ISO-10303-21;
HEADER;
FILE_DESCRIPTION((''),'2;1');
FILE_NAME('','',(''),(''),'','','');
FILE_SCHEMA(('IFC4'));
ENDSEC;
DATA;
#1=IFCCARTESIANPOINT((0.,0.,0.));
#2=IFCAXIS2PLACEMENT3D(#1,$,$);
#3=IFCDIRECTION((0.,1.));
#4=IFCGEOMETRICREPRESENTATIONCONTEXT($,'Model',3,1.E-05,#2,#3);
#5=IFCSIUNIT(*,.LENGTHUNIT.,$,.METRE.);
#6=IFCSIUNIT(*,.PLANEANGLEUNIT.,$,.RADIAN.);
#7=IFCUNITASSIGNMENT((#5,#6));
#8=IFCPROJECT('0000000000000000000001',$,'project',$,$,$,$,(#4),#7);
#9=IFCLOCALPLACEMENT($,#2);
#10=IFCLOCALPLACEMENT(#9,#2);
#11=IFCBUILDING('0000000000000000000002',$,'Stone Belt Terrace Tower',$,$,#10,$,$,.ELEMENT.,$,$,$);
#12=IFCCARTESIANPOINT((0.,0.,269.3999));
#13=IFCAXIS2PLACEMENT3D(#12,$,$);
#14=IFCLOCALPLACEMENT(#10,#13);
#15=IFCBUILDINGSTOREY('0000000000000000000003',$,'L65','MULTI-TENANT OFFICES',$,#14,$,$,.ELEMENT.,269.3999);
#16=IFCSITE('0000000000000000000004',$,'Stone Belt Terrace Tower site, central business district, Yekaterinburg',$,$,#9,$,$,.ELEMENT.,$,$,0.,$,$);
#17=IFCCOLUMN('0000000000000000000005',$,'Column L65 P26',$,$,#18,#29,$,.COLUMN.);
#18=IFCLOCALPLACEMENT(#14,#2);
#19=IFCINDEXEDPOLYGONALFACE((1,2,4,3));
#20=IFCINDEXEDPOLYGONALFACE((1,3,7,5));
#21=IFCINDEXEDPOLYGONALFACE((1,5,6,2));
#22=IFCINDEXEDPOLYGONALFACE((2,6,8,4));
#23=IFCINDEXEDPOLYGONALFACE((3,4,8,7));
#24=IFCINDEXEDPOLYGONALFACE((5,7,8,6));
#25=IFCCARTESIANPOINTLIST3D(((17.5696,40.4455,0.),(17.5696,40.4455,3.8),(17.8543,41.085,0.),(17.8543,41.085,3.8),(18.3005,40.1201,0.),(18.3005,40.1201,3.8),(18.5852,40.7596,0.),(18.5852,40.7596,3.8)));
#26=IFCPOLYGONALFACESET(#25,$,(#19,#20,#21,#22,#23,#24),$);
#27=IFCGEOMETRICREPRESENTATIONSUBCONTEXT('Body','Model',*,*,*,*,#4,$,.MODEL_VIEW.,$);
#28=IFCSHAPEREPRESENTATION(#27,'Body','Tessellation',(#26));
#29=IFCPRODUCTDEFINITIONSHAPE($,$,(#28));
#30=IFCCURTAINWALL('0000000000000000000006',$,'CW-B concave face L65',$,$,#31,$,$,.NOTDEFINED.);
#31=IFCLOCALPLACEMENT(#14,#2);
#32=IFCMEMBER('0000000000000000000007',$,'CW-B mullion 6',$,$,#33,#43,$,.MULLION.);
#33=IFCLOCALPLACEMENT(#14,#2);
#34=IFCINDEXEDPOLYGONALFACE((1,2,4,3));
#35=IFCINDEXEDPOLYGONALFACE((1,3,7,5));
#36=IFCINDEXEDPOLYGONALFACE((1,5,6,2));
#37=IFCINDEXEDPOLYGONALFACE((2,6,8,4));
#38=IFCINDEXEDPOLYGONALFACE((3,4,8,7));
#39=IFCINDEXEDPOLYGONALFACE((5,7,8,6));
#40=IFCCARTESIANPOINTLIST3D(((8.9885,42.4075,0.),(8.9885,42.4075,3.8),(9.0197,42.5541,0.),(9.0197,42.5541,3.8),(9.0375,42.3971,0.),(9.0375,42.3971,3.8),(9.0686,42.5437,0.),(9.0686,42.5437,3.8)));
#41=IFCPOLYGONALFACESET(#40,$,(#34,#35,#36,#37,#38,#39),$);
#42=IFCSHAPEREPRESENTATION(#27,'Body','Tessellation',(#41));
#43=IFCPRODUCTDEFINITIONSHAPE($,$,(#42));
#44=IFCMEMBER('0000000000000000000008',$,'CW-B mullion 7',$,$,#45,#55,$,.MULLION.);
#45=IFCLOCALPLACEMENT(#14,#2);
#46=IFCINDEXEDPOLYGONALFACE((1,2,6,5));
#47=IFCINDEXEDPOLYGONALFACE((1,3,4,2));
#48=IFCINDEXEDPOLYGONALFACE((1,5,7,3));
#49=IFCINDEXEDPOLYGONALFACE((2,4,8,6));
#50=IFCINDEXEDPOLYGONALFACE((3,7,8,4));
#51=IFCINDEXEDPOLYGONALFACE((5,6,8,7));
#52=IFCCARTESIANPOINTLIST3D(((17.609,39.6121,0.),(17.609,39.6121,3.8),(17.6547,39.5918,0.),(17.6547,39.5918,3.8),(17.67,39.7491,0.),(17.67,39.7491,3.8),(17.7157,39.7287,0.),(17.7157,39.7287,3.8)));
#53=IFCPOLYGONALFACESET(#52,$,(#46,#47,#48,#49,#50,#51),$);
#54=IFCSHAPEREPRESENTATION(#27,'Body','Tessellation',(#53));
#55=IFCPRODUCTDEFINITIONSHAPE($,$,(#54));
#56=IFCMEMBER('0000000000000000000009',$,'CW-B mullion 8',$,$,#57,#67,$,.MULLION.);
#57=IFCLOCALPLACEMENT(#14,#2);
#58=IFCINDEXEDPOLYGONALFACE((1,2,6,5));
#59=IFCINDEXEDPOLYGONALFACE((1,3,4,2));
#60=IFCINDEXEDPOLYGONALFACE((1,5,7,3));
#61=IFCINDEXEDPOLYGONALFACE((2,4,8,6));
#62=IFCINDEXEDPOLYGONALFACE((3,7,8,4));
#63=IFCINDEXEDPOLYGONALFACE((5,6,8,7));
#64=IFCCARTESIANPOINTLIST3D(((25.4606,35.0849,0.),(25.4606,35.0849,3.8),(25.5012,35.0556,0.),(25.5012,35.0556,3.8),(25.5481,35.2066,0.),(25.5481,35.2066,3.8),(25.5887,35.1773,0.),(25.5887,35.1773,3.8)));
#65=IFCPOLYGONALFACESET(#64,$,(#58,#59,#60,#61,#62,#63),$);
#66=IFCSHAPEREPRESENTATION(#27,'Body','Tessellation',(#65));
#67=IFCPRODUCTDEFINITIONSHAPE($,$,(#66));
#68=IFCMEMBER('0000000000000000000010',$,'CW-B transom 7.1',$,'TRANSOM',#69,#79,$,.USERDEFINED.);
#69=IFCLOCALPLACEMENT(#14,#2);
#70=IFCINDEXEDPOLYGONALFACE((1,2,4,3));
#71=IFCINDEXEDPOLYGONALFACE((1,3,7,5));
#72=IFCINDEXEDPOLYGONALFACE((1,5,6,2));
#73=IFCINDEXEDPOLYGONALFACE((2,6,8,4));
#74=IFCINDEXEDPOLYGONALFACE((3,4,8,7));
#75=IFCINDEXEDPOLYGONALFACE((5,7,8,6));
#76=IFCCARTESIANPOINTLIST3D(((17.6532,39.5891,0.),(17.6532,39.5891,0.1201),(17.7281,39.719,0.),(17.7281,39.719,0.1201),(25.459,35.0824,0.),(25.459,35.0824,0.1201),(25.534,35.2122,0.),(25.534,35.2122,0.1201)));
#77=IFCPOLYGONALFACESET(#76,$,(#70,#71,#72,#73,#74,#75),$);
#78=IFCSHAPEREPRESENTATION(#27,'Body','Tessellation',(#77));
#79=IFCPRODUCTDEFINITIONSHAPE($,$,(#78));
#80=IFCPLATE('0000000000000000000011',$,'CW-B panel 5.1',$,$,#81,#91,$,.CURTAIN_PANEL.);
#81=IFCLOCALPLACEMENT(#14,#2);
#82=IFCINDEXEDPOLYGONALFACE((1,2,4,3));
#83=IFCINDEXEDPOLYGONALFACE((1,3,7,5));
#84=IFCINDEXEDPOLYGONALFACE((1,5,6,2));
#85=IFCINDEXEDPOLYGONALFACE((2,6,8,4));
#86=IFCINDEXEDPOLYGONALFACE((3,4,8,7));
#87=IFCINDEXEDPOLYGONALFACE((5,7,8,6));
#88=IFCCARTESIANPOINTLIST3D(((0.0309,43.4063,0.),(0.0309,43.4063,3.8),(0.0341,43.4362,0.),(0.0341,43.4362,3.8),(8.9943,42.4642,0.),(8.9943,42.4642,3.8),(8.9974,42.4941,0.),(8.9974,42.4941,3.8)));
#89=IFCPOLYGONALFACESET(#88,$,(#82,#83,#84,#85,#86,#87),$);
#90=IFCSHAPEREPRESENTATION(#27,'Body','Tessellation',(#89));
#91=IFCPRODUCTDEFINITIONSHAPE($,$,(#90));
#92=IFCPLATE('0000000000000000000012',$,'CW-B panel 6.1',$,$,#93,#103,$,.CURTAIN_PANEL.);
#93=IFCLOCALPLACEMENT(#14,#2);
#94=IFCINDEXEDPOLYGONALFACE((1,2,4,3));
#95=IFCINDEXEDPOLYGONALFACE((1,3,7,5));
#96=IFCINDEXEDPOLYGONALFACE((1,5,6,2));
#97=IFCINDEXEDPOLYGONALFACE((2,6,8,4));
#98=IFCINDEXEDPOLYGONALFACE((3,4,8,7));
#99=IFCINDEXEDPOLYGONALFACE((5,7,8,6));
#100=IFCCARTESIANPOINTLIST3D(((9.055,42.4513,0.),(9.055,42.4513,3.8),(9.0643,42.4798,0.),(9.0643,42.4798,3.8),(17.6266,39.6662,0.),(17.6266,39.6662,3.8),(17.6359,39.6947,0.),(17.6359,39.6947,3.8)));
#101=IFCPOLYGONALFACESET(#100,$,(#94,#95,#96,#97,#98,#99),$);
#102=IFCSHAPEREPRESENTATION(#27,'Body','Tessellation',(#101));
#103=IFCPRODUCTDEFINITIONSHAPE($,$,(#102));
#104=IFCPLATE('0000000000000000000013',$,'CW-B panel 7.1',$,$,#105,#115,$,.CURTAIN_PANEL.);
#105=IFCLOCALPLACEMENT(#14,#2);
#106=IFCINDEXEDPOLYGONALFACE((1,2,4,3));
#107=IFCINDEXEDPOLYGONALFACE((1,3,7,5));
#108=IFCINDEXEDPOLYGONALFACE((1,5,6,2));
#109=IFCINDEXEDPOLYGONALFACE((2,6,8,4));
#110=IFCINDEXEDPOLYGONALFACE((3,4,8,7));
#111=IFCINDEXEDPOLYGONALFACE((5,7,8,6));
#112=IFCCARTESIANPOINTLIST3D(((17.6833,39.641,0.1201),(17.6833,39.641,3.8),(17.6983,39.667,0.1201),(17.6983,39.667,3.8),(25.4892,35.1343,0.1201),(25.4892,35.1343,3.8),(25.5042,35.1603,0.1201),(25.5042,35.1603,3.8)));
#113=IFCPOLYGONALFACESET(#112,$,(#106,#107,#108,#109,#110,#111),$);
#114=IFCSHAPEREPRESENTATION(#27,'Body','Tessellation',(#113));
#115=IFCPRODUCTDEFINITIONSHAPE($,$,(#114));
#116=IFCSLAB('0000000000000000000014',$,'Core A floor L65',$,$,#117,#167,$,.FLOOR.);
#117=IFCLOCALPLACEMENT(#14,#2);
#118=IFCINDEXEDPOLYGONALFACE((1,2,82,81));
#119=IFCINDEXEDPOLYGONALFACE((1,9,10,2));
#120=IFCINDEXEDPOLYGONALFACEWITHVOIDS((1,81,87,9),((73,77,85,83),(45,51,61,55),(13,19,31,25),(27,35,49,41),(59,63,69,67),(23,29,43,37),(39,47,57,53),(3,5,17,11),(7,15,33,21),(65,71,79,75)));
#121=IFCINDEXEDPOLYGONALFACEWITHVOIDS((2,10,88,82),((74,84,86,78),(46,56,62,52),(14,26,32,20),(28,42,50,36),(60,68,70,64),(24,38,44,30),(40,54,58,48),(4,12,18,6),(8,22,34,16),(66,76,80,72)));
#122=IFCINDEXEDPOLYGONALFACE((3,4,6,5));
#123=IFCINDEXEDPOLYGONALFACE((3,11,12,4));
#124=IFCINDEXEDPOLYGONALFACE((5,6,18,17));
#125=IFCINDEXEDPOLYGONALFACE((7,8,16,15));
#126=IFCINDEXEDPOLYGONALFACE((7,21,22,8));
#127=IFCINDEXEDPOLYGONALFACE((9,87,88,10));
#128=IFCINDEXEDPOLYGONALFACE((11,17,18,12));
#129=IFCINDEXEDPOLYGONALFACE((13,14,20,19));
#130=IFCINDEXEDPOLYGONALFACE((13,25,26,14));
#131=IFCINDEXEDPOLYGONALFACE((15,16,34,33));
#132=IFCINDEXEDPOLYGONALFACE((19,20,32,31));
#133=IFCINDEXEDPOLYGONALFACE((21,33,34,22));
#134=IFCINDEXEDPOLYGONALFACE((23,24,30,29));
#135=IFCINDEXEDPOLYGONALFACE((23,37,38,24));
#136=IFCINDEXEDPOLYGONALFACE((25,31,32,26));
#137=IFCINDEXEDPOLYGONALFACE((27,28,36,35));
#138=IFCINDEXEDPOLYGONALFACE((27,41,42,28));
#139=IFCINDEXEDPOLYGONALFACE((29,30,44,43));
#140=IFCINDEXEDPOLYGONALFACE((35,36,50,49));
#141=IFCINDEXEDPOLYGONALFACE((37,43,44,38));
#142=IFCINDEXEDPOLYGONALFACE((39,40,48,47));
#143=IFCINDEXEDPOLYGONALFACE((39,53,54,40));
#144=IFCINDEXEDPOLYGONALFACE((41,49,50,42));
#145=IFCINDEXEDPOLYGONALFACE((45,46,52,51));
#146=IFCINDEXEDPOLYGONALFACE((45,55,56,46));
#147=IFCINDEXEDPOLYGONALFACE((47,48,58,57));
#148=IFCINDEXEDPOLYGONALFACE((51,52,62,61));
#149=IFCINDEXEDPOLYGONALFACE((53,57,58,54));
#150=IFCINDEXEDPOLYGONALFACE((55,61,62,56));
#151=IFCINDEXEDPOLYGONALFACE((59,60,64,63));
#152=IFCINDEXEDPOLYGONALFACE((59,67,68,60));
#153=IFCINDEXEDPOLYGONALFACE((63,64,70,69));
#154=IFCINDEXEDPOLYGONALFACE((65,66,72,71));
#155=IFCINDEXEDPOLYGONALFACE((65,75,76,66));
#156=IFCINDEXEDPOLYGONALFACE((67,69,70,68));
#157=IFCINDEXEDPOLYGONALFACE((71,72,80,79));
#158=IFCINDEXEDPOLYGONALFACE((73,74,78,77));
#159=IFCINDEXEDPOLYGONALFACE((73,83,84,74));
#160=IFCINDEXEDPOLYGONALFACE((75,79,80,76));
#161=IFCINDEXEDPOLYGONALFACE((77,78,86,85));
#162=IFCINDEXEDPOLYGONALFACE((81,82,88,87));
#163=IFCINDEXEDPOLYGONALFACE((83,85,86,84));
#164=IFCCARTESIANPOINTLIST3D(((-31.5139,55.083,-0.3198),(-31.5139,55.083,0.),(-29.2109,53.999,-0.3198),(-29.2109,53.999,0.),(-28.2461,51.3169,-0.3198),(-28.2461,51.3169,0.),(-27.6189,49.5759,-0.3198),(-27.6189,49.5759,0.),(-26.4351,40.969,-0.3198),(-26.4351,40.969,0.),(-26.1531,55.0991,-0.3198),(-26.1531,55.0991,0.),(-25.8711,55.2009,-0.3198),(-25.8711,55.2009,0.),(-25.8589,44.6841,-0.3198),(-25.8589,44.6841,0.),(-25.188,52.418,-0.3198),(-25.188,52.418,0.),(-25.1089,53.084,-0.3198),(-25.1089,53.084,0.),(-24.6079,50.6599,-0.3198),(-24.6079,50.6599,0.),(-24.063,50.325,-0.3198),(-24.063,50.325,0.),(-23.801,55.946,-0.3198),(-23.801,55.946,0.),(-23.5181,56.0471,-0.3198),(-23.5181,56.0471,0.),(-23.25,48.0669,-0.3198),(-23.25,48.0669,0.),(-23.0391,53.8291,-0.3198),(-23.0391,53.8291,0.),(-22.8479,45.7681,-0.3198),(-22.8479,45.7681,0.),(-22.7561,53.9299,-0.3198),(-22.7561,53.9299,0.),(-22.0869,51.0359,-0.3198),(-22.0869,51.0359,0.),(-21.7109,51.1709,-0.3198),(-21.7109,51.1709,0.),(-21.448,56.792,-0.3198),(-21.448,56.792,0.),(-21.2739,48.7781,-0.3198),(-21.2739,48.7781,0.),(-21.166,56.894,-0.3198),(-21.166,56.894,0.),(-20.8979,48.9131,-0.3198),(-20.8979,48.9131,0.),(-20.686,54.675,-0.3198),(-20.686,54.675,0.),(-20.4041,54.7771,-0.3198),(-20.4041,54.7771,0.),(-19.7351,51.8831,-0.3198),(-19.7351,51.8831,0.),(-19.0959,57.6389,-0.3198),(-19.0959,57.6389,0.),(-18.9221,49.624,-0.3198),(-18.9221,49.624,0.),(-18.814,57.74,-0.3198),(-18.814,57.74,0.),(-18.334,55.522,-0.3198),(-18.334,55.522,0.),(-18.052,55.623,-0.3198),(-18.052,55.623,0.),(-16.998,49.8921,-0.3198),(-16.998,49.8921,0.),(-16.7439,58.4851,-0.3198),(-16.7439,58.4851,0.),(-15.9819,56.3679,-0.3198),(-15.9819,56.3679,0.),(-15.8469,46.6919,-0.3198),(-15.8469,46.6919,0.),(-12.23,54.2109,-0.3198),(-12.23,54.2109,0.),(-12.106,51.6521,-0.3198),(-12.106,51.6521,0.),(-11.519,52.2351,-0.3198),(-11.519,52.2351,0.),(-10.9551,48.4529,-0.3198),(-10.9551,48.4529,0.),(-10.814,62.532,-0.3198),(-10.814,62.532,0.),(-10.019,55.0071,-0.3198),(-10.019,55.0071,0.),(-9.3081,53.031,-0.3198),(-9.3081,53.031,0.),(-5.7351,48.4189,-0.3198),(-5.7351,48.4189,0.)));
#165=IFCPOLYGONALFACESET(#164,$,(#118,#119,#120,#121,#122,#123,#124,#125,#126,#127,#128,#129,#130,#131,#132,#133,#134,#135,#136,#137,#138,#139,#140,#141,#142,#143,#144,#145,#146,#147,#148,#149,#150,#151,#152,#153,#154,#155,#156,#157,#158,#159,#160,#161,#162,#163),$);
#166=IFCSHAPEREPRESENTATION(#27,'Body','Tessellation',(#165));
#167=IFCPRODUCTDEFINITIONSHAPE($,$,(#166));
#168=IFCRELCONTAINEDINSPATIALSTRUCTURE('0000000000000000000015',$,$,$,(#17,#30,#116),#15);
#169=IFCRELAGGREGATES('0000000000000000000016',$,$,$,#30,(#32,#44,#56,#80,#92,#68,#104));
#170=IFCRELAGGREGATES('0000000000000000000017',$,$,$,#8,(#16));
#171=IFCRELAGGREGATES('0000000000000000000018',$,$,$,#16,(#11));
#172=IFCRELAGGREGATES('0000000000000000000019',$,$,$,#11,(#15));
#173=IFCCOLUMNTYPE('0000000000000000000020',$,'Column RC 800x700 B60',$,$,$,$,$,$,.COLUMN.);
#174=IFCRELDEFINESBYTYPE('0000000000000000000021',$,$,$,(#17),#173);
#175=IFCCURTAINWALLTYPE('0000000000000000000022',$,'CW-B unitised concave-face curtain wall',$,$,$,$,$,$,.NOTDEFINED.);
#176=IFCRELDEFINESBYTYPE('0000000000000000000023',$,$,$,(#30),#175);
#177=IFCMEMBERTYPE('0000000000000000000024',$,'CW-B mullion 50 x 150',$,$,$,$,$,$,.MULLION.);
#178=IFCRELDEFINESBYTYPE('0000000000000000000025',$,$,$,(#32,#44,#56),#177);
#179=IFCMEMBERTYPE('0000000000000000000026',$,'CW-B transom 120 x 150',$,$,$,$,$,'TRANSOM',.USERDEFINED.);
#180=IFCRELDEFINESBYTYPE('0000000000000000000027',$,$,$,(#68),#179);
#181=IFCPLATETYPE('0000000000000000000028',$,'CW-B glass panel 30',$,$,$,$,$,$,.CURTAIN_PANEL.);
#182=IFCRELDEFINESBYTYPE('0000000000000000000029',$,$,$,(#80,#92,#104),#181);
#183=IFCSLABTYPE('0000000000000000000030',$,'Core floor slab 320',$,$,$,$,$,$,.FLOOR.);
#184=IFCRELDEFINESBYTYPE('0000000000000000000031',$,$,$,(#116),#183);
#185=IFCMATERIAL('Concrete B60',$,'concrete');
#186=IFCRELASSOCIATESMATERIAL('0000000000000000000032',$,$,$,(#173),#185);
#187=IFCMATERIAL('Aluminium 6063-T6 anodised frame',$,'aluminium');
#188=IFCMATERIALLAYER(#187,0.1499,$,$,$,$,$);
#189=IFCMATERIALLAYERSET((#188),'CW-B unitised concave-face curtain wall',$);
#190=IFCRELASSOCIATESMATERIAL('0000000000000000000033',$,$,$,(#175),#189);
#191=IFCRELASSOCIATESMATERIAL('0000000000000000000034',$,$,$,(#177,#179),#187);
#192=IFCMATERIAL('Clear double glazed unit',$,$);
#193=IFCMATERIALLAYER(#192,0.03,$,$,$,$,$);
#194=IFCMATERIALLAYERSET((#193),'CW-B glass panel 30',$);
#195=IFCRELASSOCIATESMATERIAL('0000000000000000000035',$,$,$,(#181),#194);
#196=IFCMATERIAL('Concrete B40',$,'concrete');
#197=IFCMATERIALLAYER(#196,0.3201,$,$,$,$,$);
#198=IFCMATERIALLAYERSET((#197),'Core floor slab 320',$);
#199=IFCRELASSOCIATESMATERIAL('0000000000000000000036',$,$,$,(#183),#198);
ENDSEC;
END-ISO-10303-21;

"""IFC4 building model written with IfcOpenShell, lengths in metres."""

from ifc_helpers import new_model, si_unit, direction, frame, origin, origin_2d, place, context, subcontext, project, spatial, polyline, rectangle, outline, extrude, material, layer, layer_set, material_profile, profile_set, type_object, element, aggregate, save


model = new_model("IFC4")

# Units and contexts
model_context = context("Model", 3, precision=1e-05, world=origin(), true_north=direction((0.0, 1.0)))
body_context = subcontext(model_context, "Body", "Model", "MODEL_VIEW")
ifc_project = project(units=[si_unit("LENGTHUNIT", "METRE"), si_unit("PLANEANGLEUNIT", "RADIAN")], contexts=[model_context])

# Site, building, storey
site_placement = place(None, origin())
site = spatial("IfcSite", under=ifc_project, at=site_placement, Name="Stone Belt Terrace Tower site, central business district, Yekaterinburg", CompositionType="ELEMENT", RefElevation=0.0)
building_placement = place(site_placement, origin())
building = spatial("IfcBuilding", under=site, at=building_placement, Name="Stone Belt Terrace Tower", CompositionType="ELEMENT")
storey_placement = place(building_placement, frame((0.0, 0.0, 269.3999)))
storey = spatial("IfcBuildingStorey", under=building, at=storey_placement, Name="L65", Description="MULTI-TENANT OFFICES", CompositionType="ELEMENT", Elevation=269.3999)

# Column
ifc_material_1 = material(Name="Concrete B60", Category="concrete")
ifc_material_profile_1 = material_profile(ifc_material_1, rectangle(XDim=0.8, YDim=0.7, at=origin_2d()), Name="RC 800x700")
ifc_profile_set_1 = profile_set([ifc_material_profile_1], Name="Concrete B60")
column_type = type_object("IfcColumnType", Name="Column RC 800x700 B60", PredefinedType="COLUMN", material=ifc_profile_set_1)
column_placement = place(storey_placement, frame((18.0774, 40.6025, 0.0), z_axis=(0.0, 0.0, 1.0), x_axis=(0.913545, -0.406737, 0.0)))
element("IfcColumn", 1, at=column_placement, inside=storey, type_object=column_type, Name="Column L65 P26", PredefinedType="COLUMN", context=body_context, shape_type="SweptSolid", body=[
    extrude(rectangle(XDim=0.8, YDim=0.7, at=origin_2d()), origin(), (0.0, 0.0, 1.0), 3.8),
])

# Curtain wall, members, plates
ifc_material_2 = material(Name="Aluminium 6063-T6 anodised frame", Category="aluminium")
ifc_layer_1 = layer(ifc_material_2, 0.1499)
ifc_layer_set_1 = layer_set([ifc_layer_1], Name="CW-B unitised concave-face curtain wall")
curtain_wall_type = type_object("IfcCurtainWallType", Name="CW-B unitised concave-face curtain wall", PredefinedType="NOTDEFINED", material=ifc_layer_set_1)
curtain_wall_placement = place(storey_placement, origin())
curtain_wall = element("IfcCurtainWall", 2, at=curtain_wall_placement, inside=storey, type_object=curtain_wall_type, Name="CW-B concave face L65", PredefinedType="NOTDEFINED")
ifc_material_profile_2 = material_profile(ifc_material_2, rectangle(XDim=0.1499, YDim=0.05, at=origin_2d()), Name="Aluminium 6063-T6 50x150")
ifc_profile_set_2 = profile_set([ifc_material_profile_2], Name="Aluminium 6063-T6 anodised frame")
member_type_1 = type_object("IfcMemberType", Name="CW-B mullion 50 x 150", PredefinedType="MULLION", material=ifc_profile_set_2)
member_1_placement = place(storey_placement, frame((9.0286, 42.4756, 0.0), z_axis=(0.0, 0.0, 1.0), x_axis=(0.207912, 0.978148, 0.0)))
member_1 = element("IfcMember", 3, at=member_1_placement, type_object=member_type_1, Name="CW-B mullion 6", PredefinedType="MULLION", context=body_context, shape_type="SweptSolid", body=[
    extrude(rectangle(XDim=0.1499, YDim=0.05, at=origin_2d()), origin(), (0.0, 0.0, 1.0), 3.8),
])
member_2_placement = place(storey_placement, frame((17.6624, 39.6704, 0.0), z_axis=(0.0, 0.0, 1.0), x_axis=(0.406737, 0.913545, 0.0)))
member_2 = element("IfcMember", 4, at=member_2_placement, type_object=member_type_1, Name="CW-B mullion 7", PredefinedType="MULLION", context=body_context, shape_type="SweptSolid", body=[
    extrude(rectangle(XDim=0.1499, YDim=0.05, at=origin_2d()), origin(), (0.0, 0.0, 1.0), 3.8),
])
member_3_placement = place(storey_placement, frame((25.5247, 35.1311, 0.0), z_axis=(0.0, 0.0, 1.0), x_axis=(0.583819, 0.811884, 0.0)))
member_3 = element("IfcMember", 5, at=member_3_placement, type_object=member_type_1, Name="CW-B mullion 8", PredefinedType="MULLION", context=body_context, shape_type="SweptSolid", body=[
    extrude(rectangle(XDim=0.1499, YDim=0.05, at=origin_2d()), origin(), (0.0, 0.0, 1.0), 3.8),
])
ifc_material_profile_3 = material_profile(ifc_material_2, rectangle(XDim=0.1499, YDim=0.1201, at=origin_2d()), Name="Aluminium 6063-T6 150x120")
ifc_profile_set_3 = profile_set([ifc_material_profile_3], Name="Aluminium 6063-T6 anodised frame")
member_type_2 = type_object("IfcMemberType", Name="CW-B transom 120 x 150", ElementType="TRANSOM", PredefinedType="USERDEFINED", material=ifc_profile_set_3)
member_4_placement = place(storey_placement, frame((17.6907, 39.6541, 0.0601), z_axis=(0.866021, -0.500008, 0.0), x_axis=(0.500008, 0.866021, 0.0)))
member_4 = element("IfcMember", 6, at=member_4_placement, type_object=member_type_2, Name="CW-B transom 7.1", ObjectType="TRANSOM", PredefinedType="USERDEFINED", context=body_context, shape_type="SweptSolid", body=[
    extrude(rectangle(XDim=0.1499, YDim=0.1201, at=origin_2d()), origin(), (0.0, 0.0, 1.0), 9.0134),
])
ifc_material_3 = material(Name="Clear double glazed unit")
ifc_layer_2 = layer(ifc_material_3, 0.03)
ifc_layer_set_2 = layer_set([ifc_layer_2], Name="CW-B glass panel 30")
plate_type = type_object("IfcPlateType", Name="CW-B glass panel 30", PredefinedType="CURTAIN_PANEL", material=ifc_layer_set_2)
plate_1_placement = place(storey_placement, frame((4.5142, 42.9502, 0.0), z_axis=(0.0, 0.0, 1.0), x_axis=(0.994522, -0.104528, 0.0)))
plate_1 = element("IfcPlate", 7, at=plate_1_placement, type_object=plate_type, Name="CW-B panel 5.1", PredefinedType="CURTAIN_PANEL", context=body_context, shape_type="SweptSolid", body=[
    extrude(rectangle(XDim=9.0127, YDim=0.03, at=origin_2d()), origin(), (0.0, 0.0, 1.0), 3.8),
])
plate_2_placement = place(storey_placement, frame((13.3455, 41.073, 0.0), z_axis=(0.0, 0.0, 1.0), x_axis=(0.951057, -0.309017, 0.0)))
plate_2 = element("IfcPlate", 8, at=plate_2_placement, type_object=plate_type, Name="CW-B panel 6.1", PredefinedType="CURTAIN_PANEL", context=body_context, shape_type="SweptSolid", body=[
    extrude(rectangle(XDim=9.0127, YDim=0.03, at=origin_2d()), origin(), (0.0, 0.0, 1.0), 3.8),
])
plate_3_placement = place(storey_placement, frame((21.5938, 37.4006, 0.1201), z_axis=(0.0, 0.0, 1.0), x_axis=(0.866025, -0.5, 0.0)))
plate_3 = element("IfcPlate", 9, at=plate_3_placement, type_object=plate_type, Name="CW-B panel 7.1", PredefinedType="CURTAIN_PANEL", context=body_context, shape_type="SweptSolid", body=[
    extrude(rectangle(XDim=9.0134, YDim=0.03, at=origin_2d()), origin(), (0.0, 0.0, 1.0), 3.6799),
])
aggregate(curtain_wall, [member_1, member_2, member_3, plate_1, plate_2, member_4, plate_3])

# Slab
ifc_material_4 = material(Name="Concrete B40", Category="concrete")
ifc_layer_3 = layer(ifc_material_4, 0.3201)
ifc_layer_set_3 = layer_set([ifc_layer_3], Name="Core floor slab 320")
slab_type_1 = type_object("IfcSlabType", Name="Core floor slab 320", PredefinedType="FLOOR", material=ifc_layer_set_3)
slab_1_placement = place(storey_placement, frame((0.0, 0.0, -0.3198)))
element("IfcSlab", 10, at=slab_1_placement, inside=storey, type_object=slab_type_1, Name="Core A floor L65", PredefinedType="FLOOR", context=body_context, shape_type="SweptSolid", body=[
    extrude(outline(polyline([(-26.4351, 40.969), (-5.7351, 48.4189), (-10.814, 62.532), (-31.5139, 55.083), (-26.4351, 40.969)]), holes=[polyline([(-24.6079, 50.6599), (-22.8479, 45.7681), (-25.8589, 44.6841), (-27.6189, 49.5759), (-24.6079, 50.6599)]), polyline([(-10.9551, 48.4529), (-15.8469, 46.6919), (-16.998, 49.8921), (-12.106, 51.6521), (-10.9551, 48.4529)]), polyline([(-22.0869, 51.0359), (-21.2739, 48.7781), (-23.25, 48.0669), (-24.063, 50.325), (-22.0869, 51.0359)]), polyline([(-18.9221, 49.624), (-20.8979, 48.9131), (-21.7109, 51.1709), (-19.7351, 51.8831), (-18.9221, 49.624)]), polyline([(-29.2109, 53.999), (-26.1531, 55.0991), (-25.188, 52.418), (-28.2461, 51.3169), (-29.2109, 53.999)]), polyline([(-10.019, 55.0071), (-9.3081, 53.031), (-11.519, 52.2351), (-12.23, 54.2109), (-10.019, 55.0071)]), polyline([(-25.8711, 55.2009), (-23.801, 55.946), (-23.0391, 53.8291), (-25.1089, 53.084), (-25.8711, 55.2009)]), polyline([(-23.5181, 56.0471), (-21.448, 56.792), (-20.686, 54.675), (-22.7561, 53.9299), (-23.5181, 56.0471)]), polyline([(-19.0959, 57.6389), (-18.334, 55.522), (-20.4041, 54.7771), (-21.166, 56.894), (-19.0959, 57.6389)]), polyline([(-16.7439, 58.4851), (-15.9819, 56.3679), (-18.052, 55.623), (-18.814, 57.74), (-16.7439, 58.4851)])]), origin(), (0.0, 0.0, 1.0), 0.3198),
])

save(model, "model.ifc")
